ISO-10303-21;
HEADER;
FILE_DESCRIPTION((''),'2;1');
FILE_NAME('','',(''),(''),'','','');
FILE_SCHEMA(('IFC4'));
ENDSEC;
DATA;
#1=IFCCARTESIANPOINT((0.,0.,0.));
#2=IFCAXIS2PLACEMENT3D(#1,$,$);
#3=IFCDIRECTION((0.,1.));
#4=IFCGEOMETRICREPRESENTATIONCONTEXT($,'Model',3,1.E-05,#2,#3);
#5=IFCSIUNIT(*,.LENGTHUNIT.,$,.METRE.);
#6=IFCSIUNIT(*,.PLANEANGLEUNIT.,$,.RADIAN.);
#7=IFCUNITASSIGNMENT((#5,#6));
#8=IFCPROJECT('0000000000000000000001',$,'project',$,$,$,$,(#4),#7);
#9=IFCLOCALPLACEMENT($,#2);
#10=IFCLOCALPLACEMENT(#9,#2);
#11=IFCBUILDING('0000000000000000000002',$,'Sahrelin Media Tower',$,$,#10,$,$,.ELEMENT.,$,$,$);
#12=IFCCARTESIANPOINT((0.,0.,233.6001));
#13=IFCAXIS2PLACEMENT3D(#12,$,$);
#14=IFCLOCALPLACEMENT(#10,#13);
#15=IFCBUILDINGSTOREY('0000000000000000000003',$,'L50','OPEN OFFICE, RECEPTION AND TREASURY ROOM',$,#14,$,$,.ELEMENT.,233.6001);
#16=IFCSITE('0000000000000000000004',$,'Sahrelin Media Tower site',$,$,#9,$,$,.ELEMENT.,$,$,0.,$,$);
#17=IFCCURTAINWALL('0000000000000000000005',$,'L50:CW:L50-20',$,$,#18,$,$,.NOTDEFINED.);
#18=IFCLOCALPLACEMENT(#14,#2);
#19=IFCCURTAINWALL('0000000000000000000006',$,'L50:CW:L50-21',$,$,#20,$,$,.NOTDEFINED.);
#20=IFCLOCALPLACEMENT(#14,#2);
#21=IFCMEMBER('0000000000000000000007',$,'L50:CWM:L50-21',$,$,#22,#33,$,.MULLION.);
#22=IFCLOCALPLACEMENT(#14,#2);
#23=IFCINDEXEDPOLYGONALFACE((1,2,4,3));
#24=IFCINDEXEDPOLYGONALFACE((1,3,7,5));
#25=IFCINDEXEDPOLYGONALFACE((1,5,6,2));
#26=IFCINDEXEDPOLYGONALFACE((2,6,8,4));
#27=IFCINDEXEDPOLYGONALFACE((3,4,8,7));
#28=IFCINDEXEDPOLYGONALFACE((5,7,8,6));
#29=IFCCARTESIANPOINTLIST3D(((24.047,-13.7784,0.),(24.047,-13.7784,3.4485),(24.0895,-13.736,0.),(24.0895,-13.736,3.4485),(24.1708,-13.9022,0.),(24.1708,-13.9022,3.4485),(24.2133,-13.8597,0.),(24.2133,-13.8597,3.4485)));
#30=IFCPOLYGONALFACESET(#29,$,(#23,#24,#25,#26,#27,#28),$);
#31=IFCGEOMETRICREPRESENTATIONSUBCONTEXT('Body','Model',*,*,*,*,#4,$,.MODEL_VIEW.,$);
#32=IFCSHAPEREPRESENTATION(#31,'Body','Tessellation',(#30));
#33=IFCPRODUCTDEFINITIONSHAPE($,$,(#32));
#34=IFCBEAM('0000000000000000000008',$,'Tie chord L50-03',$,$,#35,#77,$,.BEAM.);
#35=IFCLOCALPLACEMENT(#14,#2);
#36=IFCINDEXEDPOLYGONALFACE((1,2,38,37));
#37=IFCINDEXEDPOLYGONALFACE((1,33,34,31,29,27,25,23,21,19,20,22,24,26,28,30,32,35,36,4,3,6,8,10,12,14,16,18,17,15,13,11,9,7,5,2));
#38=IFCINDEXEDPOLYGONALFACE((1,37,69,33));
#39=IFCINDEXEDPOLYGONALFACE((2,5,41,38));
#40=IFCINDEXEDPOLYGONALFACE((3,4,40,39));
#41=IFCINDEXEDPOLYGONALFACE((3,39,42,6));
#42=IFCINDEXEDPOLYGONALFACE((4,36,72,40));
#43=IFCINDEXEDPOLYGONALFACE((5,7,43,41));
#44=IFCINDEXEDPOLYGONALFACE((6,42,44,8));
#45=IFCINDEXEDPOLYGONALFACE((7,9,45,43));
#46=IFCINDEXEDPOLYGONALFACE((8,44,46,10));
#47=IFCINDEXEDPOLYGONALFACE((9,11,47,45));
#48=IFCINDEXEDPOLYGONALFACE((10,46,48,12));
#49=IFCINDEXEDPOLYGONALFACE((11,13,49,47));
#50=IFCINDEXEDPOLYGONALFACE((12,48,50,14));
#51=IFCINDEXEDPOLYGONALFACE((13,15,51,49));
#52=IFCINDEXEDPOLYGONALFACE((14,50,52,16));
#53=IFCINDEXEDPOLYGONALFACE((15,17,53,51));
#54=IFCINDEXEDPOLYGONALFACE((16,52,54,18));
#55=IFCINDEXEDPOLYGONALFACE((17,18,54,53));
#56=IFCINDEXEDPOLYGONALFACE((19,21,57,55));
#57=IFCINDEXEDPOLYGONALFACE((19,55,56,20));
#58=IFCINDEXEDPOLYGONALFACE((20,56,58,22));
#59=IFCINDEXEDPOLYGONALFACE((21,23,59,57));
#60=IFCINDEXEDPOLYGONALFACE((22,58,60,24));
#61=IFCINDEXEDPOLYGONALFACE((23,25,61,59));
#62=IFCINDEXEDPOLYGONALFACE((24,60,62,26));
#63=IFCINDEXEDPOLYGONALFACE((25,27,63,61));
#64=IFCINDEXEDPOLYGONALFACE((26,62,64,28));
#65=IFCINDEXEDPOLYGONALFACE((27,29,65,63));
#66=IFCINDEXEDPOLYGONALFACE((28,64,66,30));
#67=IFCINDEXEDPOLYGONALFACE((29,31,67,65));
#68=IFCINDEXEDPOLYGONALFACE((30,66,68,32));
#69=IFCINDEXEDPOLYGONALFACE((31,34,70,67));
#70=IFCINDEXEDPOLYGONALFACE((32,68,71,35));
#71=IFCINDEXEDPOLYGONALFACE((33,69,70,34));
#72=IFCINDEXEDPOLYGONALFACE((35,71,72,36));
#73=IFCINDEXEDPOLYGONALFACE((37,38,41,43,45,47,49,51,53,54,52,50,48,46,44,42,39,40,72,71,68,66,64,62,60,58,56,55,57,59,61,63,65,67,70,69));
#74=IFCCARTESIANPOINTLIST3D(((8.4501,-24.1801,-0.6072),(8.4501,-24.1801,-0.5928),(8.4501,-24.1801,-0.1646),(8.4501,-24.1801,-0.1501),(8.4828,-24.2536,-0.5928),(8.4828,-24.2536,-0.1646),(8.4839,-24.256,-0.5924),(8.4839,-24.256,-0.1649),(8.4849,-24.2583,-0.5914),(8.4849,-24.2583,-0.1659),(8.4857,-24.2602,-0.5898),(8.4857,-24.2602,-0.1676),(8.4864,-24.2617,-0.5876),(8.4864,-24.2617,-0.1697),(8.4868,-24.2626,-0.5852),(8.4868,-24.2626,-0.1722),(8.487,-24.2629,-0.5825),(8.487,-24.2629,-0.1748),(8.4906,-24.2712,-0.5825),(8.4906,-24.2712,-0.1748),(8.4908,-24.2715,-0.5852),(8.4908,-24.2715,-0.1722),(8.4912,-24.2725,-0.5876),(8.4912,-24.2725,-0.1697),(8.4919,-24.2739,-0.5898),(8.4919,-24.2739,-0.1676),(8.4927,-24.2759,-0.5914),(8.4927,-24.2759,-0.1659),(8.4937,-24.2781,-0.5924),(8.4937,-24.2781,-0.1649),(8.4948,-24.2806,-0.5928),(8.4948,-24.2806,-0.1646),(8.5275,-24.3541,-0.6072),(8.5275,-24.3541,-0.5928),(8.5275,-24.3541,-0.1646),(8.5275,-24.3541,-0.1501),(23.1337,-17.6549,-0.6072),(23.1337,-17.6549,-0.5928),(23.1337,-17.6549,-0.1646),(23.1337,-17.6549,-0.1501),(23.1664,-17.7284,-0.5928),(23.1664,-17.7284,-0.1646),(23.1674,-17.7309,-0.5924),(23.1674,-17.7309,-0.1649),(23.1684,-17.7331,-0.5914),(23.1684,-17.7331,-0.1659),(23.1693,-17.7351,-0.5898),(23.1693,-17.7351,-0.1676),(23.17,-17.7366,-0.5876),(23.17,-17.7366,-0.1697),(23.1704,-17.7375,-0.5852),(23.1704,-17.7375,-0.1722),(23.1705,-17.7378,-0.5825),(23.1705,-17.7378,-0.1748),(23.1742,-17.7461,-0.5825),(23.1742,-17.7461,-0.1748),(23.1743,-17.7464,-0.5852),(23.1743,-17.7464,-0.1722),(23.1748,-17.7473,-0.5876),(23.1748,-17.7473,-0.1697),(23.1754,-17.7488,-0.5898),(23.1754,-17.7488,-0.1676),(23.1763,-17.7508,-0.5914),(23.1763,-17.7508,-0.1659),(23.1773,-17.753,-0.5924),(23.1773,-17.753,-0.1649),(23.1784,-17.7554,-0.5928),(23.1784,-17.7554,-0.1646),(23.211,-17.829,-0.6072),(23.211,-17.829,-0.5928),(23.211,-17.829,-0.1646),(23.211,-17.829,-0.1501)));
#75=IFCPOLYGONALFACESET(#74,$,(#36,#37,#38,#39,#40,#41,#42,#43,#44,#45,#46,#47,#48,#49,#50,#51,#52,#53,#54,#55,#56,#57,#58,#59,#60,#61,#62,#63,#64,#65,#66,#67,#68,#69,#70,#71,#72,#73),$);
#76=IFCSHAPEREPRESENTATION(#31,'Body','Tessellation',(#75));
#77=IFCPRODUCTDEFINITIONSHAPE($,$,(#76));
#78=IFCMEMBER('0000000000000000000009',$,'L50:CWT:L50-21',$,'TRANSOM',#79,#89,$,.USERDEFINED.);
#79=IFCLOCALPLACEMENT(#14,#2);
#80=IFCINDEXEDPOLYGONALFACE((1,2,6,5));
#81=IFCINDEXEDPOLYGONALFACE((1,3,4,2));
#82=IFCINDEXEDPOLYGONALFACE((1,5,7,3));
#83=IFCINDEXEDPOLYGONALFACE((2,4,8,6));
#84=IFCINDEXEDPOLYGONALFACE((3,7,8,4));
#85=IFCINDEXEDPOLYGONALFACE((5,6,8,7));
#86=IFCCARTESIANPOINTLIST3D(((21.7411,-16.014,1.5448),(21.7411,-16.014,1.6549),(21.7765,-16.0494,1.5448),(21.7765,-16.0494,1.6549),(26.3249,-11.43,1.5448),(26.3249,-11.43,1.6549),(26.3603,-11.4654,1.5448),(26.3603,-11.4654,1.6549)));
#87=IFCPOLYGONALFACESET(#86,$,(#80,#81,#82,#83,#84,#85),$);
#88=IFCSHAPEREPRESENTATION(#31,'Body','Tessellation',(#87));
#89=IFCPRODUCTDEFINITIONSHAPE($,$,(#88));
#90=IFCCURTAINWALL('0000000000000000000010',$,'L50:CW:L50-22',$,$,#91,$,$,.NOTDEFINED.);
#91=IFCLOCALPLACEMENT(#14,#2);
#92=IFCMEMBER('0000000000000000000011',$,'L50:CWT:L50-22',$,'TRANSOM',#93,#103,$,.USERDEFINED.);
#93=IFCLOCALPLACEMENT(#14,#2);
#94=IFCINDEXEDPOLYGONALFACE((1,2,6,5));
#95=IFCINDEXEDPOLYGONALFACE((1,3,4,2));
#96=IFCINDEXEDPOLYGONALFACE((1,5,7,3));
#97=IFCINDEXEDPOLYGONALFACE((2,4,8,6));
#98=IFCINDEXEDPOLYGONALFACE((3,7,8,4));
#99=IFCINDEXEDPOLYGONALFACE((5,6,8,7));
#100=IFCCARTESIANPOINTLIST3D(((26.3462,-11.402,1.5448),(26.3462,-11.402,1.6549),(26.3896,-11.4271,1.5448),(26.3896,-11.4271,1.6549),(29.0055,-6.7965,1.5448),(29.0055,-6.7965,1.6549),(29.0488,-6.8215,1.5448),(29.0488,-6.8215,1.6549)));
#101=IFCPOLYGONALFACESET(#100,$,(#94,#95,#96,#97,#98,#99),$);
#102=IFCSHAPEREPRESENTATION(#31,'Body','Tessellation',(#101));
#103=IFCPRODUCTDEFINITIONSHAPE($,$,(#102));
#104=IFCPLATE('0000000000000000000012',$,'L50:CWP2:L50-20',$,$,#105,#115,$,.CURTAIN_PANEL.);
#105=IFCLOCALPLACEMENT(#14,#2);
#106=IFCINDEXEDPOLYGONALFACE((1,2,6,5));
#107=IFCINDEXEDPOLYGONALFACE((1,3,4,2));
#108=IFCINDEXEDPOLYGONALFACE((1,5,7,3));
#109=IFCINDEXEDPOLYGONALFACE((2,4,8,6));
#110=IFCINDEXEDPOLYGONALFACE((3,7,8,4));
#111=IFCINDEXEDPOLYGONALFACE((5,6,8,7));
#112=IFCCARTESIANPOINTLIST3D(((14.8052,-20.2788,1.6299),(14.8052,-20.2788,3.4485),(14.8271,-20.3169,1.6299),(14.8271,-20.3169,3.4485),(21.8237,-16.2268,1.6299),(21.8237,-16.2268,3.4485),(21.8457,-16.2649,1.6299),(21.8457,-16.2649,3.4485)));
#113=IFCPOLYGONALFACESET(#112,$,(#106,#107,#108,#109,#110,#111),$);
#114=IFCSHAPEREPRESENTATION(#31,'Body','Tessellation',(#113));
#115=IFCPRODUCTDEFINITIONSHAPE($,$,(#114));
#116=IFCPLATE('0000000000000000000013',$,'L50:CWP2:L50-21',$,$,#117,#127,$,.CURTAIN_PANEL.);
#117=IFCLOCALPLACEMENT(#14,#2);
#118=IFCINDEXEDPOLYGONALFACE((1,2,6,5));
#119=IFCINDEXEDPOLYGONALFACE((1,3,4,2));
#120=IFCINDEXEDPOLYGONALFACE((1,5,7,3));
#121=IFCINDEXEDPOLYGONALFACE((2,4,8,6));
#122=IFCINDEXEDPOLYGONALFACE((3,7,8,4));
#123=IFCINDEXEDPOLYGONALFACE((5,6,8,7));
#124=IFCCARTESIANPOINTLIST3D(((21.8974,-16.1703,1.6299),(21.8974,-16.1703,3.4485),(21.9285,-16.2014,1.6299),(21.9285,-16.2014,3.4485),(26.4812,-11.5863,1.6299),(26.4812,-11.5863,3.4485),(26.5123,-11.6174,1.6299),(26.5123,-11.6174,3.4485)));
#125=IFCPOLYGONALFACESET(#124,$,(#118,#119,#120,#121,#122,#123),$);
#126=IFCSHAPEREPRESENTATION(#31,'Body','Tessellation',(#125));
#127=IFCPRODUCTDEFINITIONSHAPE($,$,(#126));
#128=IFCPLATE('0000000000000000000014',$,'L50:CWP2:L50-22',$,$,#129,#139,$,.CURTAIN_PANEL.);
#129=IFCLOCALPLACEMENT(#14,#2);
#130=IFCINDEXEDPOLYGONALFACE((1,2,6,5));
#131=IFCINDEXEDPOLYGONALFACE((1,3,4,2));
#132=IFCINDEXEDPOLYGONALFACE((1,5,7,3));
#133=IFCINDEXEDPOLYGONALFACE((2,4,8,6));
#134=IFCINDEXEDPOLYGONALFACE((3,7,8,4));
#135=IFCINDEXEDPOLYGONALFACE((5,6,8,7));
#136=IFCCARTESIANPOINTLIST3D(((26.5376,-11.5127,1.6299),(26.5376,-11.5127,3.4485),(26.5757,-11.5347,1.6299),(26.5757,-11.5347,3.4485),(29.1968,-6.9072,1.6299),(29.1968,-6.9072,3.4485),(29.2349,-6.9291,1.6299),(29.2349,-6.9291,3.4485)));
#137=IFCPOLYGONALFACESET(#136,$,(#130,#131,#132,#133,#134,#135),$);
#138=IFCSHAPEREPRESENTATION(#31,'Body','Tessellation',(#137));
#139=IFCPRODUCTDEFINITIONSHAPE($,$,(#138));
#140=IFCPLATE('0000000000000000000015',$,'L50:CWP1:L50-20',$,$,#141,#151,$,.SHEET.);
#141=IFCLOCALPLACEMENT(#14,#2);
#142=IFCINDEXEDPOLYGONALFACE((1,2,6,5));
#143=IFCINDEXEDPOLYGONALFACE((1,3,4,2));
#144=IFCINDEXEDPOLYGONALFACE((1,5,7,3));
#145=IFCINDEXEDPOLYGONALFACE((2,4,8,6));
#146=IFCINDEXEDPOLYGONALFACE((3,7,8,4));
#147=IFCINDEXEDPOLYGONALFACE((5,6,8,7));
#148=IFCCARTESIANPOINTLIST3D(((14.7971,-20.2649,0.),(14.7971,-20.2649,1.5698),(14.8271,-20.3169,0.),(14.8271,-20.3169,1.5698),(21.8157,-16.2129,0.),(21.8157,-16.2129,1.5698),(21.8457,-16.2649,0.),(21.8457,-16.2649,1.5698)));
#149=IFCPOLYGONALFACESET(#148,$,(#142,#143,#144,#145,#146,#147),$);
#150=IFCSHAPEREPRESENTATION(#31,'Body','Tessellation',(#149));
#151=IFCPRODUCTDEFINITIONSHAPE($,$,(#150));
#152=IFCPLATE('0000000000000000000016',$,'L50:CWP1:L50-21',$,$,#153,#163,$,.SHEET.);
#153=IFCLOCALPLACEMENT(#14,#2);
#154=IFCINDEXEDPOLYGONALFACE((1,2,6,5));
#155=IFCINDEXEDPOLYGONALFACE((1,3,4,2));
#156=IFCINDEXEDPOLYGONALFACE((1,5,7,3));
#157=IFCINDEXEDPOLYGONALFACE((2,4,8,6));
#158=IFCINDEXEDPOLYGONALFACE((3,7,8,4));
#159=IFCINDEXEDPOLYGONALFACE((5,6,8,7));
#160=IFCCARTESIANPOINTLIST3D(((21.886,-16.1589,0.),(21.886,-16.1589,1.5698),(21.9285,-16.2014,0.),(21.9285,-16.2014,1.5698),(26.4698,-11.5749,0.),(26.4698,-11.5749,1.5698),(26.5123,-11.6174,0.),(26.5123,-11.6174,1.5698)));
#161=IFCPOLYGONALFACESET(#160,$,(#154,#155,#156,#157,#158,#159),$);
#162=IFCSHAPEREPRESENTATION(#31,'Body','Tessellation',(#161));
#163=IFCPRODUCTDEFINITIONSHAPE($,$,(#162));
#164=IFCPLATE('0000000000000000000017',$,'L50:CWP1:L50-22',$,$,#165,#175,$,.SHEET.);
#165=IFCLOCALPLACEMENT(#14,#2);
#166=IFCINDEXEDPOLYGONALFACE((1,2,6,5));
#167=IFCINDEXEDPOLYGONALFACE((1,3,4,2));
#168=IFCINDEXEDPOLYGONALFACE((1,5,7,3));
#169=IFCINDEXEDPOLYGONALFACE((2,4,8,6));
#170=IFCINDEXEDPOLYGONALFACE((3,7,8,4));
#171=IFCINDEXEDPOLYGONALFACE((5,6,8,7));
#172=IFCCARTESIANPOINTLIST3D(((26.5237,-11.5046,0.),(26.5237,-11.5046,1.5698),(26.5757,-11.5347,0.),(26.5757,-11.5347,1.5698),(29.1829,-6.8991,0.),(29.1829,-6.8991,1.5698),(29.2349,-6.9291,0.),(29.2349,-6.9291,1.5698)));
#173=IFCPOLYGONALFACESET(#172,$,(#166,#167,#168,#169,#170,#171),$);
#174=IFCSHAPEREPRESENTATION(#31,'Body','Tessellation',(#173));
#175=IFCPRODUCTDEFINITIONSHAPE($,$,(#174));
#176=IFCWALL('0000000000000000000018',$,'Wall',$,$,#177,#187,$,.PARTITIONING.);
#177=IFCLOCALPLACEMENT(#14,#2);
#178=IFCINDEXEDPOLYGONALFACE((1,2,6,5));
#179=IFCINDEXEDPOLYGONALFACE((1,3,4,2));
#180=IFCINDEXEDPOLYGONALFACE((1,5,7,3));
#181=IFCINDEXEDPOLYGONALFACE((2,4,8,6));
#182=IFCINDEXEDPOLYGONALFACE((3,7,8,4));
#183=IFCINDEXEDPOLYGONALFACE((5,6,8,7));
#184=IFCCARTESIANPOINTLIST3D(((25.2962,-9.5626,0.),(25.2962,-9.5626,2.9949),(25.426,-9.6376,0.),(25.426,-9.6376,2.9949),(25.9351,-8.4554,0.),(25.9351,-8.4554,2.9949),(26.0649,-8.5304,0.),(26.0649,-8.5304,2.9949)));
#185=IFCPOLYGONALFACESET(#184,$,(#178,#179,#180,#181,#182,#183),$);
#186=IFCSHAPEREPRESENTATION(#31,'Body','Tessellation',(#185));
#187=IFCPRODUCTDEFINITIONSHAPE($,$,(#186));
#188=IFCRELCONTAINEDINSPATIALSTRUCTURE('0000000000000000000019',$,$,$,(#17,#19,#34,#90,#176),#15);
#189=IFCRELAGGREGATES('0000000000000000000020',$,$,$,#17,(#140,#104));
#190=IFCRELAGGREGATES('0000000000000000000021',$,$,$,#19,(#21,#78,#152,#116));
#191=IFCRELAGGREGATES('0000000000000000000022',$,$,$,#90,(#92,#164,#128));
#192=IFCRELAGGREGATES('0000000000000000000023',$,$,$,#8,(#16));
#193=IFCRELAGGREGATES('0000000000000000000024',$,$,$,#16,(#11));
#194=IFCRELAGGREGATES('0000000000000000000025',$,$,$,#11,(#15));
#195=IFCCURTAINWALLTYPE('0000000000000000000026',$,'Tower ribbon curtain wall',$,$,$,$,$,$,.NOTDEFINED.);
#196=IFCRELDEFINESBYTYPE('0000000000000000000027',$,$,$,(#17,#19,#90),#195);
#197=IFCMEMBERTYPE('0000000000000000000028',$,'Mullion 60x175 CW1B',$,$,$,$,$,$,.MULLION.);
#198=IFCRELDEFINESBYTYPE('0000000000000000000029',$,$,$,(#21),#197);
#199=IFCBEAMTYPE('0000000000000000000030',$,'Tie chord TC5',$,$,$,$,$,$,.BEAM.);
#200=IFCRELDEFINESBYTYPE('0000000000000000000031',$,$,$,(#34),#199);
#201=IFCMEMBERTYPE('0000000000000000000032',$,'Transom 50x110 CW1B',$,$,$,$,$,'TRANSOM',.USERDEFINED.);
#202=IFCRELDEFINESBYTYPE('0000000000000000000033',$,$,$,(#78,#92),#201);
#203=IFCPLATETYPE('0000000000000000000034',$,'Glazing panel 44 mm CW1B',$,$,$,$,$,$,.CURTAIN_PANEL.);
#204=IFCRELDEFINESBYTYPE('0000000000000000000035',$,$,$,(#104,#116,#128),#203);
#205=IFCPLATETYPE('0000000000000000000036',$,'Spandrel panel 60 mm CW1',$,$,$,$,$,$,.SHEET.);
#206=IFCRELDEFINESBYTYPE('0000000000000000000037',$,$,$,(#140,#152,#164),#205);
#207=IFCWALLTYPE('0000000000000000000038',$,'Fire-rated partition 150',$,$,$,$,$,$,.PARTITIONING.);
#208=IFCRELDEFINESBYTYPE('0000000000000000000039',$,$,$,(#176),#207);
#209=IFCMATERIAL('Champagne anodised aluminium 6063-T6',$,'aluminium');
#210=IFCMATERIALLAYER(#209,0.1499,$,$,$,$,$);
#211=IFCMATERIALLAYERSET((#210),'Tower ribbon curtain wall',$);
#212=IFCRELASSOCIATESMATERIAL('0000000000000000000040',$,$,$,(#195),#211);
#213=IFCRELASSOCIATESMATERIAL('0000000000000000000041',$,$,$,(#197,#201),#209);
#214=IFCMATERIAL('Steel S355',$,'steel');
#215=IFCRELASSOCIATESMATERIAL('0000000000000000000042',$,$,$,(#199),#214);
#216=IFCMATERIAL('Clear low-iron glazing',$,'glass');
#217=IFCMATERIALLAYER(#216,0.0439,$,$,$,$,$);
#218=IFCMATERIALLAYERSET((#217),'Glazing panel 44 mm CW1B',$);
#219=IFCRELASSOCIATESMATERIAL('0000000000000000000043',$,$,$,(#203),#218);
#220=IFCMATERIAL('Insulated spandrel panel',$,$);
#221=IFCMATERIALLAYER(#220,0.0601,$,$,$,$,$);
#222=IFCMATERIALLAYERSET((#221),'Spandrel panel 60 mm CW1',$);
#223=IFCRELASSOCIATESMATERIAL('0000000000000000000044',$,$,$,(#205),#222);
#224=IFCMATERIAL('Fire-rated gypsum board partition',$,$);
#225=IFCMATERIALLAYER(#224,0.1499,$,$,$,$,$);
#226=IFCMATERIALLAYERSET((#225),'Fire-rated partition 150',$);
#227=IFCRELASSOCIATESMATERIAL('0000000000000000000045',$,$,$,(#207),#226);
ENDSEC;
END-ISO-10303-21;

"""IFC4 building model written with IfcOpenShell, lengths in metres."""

from ifc_helpers import new_model, si_unit, direction, frame, frame_2d, origin, origin_2d, place, context, subcontext, project, spatial, polyline, rectangle, i_section, outline, extrude, material, layer, layer_set, material_profile, profile_set, type_object, element, aggregate, save


model = new_model("IFC4")

# Units and contexts
model_context = context("Model", 3, precision=1e-05, world=origin(), true_north=direction((0.0, 1.0)))
body_context = subcontext(model_context, "Body", "Model", "MODEL_VIEW")
ifc_project = project(units=[si_unit("LENGTHUNIT", "METRE"), si_unit("PLANEANGLEUNIT", "RADIAN")], contexts=[model_context])

# Site, building, storey
site_placement = place(None, origin())
site = spatial("IfcSite", under=ifc_project, at=site_placement, Name="Sahrelin Media Tower site", CompositionType="ELEMENT", RefElevation=0.0)
building_placement = place(site_placement, origin())
building = spatial("IfcBuilding", under=site, at=building_placement, Name="Sahrelin Media Tower", CompositionType="ELEMENT")
storey_placement = place(building_placement, frame((0.0, 0.0, 233.6001)))
storey = spatial("IfcBuildingStorey", under=building, at=storey_placement, Name="L50", Description="OPEN OFFICE, RECEPTION AND TREASURY ROOM", CompositionType="ELEMENT", Elevation=233.6001)

# Shared definitions
ifc_material_1 = material(Name="Steel S355", Category="steel")

# Curtain walls, member
ifc_material_2 = material(Name="Champagne anodised aluminium 6063-T6", Category="aluminium")
ifc_layer_1 = layer(ifc_material_2, 0.1499)
ifc_layer_set_1 = layer_set([ifc_layer_1], Name="Tower ribbon curtain wall")
curtain_wall_type = type_object("IfcCurtainWallType", Name="Tower ribbon curtain wall", PredefinedType="NOTDEFINED", material=ifc_layer_set_1)
curtain_wall_1_placement = place(storey_placement, frame((18.3264, -18.2737, 0.0), z_axis=(0.0, 0.0, 1.0), x_axis=(1.0, 0.0, 0.0)))
curtain_wall_1 = element("IfcCurtainWall", 1, at=curtain_wall_1_placement, inside=storey, type_object=curtain_wall_type, Name="L50:CW:L50-20", PredefinedType="NOTDEFINED")
ifc_material_profile_1 = material_profile(ifc_material_2, rectangle(XDim=0.0601, YDim=0.175, at=origin_2d()), Name="Mullion 60x175")
ifc_profile_set_1 = profile_set([ifc_material_profile_1], Name="Champagne anodised aluminium 6063-T6")
member_type_1 = type_object("IfcMemberType", Name="Mullion 60x175 CW1B", PredefinedType="MULLION", material=ifc_profile_set_1)
curtain_wall_2_placement = place(storey_placement, frame((24.2063, -13.8953, 0.0), z_axis=(0.0, 0.0, 1.0), x_axis=(1.0, 0.0, 0.0)))
curtain_wall_2 = element("IfcCurtainWall", 2, at=curtain_wall_2_placement, inside=storey, type_object=curtain_wall_type, Name="L50:CW:L50-21", PredefinedType="NOTDEFINED")
member_1_placement = place(storey_placement, frame((24.1301, -13.8191, 0.0), z_axis=(0.0, 0.0, 1.0), x_axis=(0.707099, 0.707114, 0.0)))
member_1 = element("IfcMember", 3, at=member_1_placement, type_object=member_type_1, Name="L50:CWM:L50-21", PredefinedType="MULLION", context=body_context, shape_type="SweptSolid", body=[
    extrude(rectangle(XDim=0.0601, YDim=0.175, at=origin_2d()), origin(), (0.0, 0.0, 1.0), 3.4485),
])

# Beam
ifc_material_profile_2 = material_profile(ifc_material_1, i_section(OverallWidth=0.1904, OverallDepth=0.457, WebThickness=0.009, FlangeThickness=0.0144, FilletRadius=0.0103, at=origin_2d()), Name="UB 457x191x74")
ifc_profile_set_2 = profile_set([ifc_material_profile_2], Name="Steel S355")
beam_type_1 = type_object("IfcBeamType", Name="Tie chord TC5", PredefinedType="BEAM", material=ifc_profile_set_2)
beam_1_placement = place(storey_placement, frame((23.1724, -17.7419, -0.3787), z_axis=(-0.913832, -0.406092, 0.0), x_axis=(0.406092, -0.913832, 0.0)))
element("IfcBeam", 4, at=beam_1_placement, inside=storey, type_object=beam_type_1, Name="Tie chord L50-03", PredefinedType="BEAM", context=body_context, shape_type="SweptSolid", body=[
    extrude(i_section(OverallWidth=0.1904, OverallDepth=0.457, WebThickness=0.009, FlangeThickness=0.0144, FilletRadius=0.0103, at=origin_2d()), origin(), (0.0, 0.0, 1.0), 16.0681),
])

# Member
ifc_material_profile_3 = material_profile(ifc_material_2, rectangle(XDim=0.05, YDim=0.1101, at=origin_2d()), Name="Transom 50x110")
ifc_profile_set_3 = profile_set([ifc_material_profile_3], Name="Champagne anodised aluminium 6063-T6")
member_type_2 = type_object("IfcMemberType", Name="Transom 50x110 CW1B", ElementType="TRANSOM", PredefinedType="USERDEFINED", material=ifc_profile_set_3)
member_2_placement = place(storey_placement, frame((21.7588, -16.0317, 1.5999), z_axis=(0.707088, 0.707126, 0.0), x_axis=(-0.707126, 0.707088, 0.0)))
member_2 = element("IfcMember", 5, at=member_2_placement, type_object=member_type_2, Name="L50:CWT:L50-21", ObjectType="TRANSOM", PredefinedType="USERDEFINED", context=body_context, shape_type="SweptSolid", body=[
    extrude(rectangle(XDim=0.05, YDim=0.1101, at=origin_2d()), origin(), (0.0, 0.0, 1.0), 6.4827),
])

# Curtain wall, member
curtain_wall_3_placement = place(storey_placement, frame((27.8879, -9.2219, 0.0), z_axis=(0.0, 0.0, 1.0), x_axis=(1.0, 0.0, 0.0)))
curtain_wall_3 = element("IfcCurtainWall", 6, at=curtain_wall_3_placement, inside=storey, type_object=curtain_wall_type, Name="L50:CW:L50-22", PredefinedType="NOTDEFINED")
member_3_placement = place(storey_placement, frame((26.3679, -11.4146, 1.5999), z_axis=(0.50003, 0.866008, 0.0), x_axis=(-0.866008, 0.50003, 0.0)))
member_3 = element("IfcMember", 7, at=member_3_placement, type_object=member_type_2, Name="L50:CWT:L50-22", ObjectType="TRANSOM", PredefinedType="USERDEFINED", context=body_context, shape_type="SweptSolid", body=[
    extrude(rectangle(XDim=0.05, YDim=0.1101, at=origin_2d()), origin(), (0.0, 0.0, 1.0), 5.3181),
])

# Plates
ifc_material_3 = material(Name="Clear low-iron glazing", Category="glass")
ifc_layer_2 = layer(ifc_material_3, 0.0439)
ifc_layer_set_2 = layer_set([ifc_layer_2], Name="Glazing panel 44 mm CW1B")
plate_type_1 = type_object("IfcPlateType", Name="Glazing panel 44 mm CW1B", PredefinedType="CURTAIN_PANEL", material=ifc_layer_set_2)
plate_1_placement = place(storey_placement, frame((14.8271, -20.3169, 1.6299), z_axis=(0.499985, -0.866034, 0.0), x_axis=(0.866034, 0.499985, 0.0)))
plate_1 = element("IfcPlate", 8, at=plate_1_placement, type_object=plate_type_1, Name="L50:CWP2:L50-20", PredefinedType="CURTAIN_PANEL", context=body_context, shape_type="SweptSolid", body=[
    extrude(outline(polyline([(0.0, 0.0), (8.1042, 0.0), (8.1042, 1.8186), (0.0, 1.8186), (0.0, 0.0)])), origin(), (0.0, 0.0, -1.0), 0.0439),
])
plate_2_placement = place(storey_placement, frame((21.9285, -16.2014, 1.6299), z_axis=(0.707126, -0.707088, 0.0), x_axis=(0.707088, 0.707126, 0.0)))
plate_2 = element("IfcPlate", 9, at=plate_2_placement, type_object=plate_type_1, Name="L50:CWP2:L50-21", PredefinedType="CURTAIN_PANEL", context=body_context, shape_type="SweptSolid", body=[
    extrude(outline(polyline([(0.0, 0.0), (6.4827, 0.0), (6.4827, 1.8186), (0.0, 1.8186), (0.0, 0.0)])), origin(), (0.0, 0.0, -1.0), 0.0439),
])
plate_3_placement = place(storey_placement, frame((26.5757, -11.5347, 1.6299), z_axis=(0.866008, -0.50003, 0.0), x_axis=(0.50003, 0.866008, 0.0)))
plate_3 = element("IfcPlate", 10, at=plate_3_placement, type_object=plate_type_1, Name="L50:CWP2:L50-22", PredefinedType="CURTAIN_PANEL", context=body_context, shape_type="SweptSolid", body=[
    extrude(outline(polyline([(0.0, 0.0), (5.3181, 0.0), (5.3181, 1.8186), (0.0, 1.8186), (0.0, 0.0)])), origin(), (0.0, 0.0, -1.0), 0.0439),
])
ifc_material_4 = material(Name="Insulated spandrel panel")
ifc_layer_3 = layer(ifc_material_4, 0.0601)
ifc_layer_set_3 = layer_set([ifc_layer_3], Name="Spandrel panel 60 mm CW1")
plate_type_2 = type_object("IfcPlateType", Name="Spandrel panel 60 mm CW1", PredefinedType="SHEET", material=ifc_layer_set_3)
plate_4_placement = place(storey_placement, frame((14.8271, -20.3169, 0.0), z_axis=(0.499985, -0.866034, 0.0), x_axis=(0.866034, 0.499985, 0.0)))
plate_4 = element("IfcPlate", 11, at=plate_4_placement, type_object=plate_type_2, Name="L50:CWP1:L50-20", PredefinedType="SHEET", context=body_context, shape_type="SweptSolid", body=[
    extrude(outline(polyline([(0.0, 0.0), (8.1042, 0.0), (8.1042, 1.5698), (0.0, 1.5698), (0.0, 0.0)])), origin(), (0.0, 0.0, -1.0), 0.0601),
])
aggregate(curtain_wall_1, [plate_4, plate_1])
plate_5_placement = place(storey_placement, frame((21.9285, -16.2014, 0.0), z_axis=(0.707126, -0.707088, 0.0), x_axis=(0.707088, 0.707126, 0.0)))
plate_5 = element("IfcPlate", 12, at=plate_5_placement, type_object=plate_type_2, Name="L50:CWP1:L50-21", PredefinedType="SHEET", context=body_context, shape_type="SweptSolid", body=[
    extrude(outline(polyline([(0.0, 0.0), (6.4827, 0.0), (6.4827, 1.5698), (0.0, 1.5698), (0.0, 0.0)])), origin(), (0.0, 0.0, -1.0), 0.0601),
])
aggregate(curtain_wall_2, [member_1, member_2, plate_5, plate_2])
plate_6_placement = place(storey_placement, frame((26.5757, -11.5347, 0.0), z_axis=(0.866008, -0.50003, 0.0), x_axis=(0.50003, 0.866008, 0.0)))
plate_6 = element("IfcPlate", 13, at=plate_6_placement, type_object=plate_type_2, Name="L50:CWP1:L50-22", PredefinedType="SHEET", context=body_context, shape_type="SweptSolid", body=[
    extrude(outline(polyline([(0.0, 0.0), (5.3181, 0.0), (5.3181, 1.5698), (0.0, 1.5698), (0.0, 0.0)])), origin(), (0.0, 0.0, -1.0), 0.0601),
])
aggregate(curtain_wall_3, [member_3, plate_6, plate_3])

# Wall
ifc_material_5 = material(Name="Fire-rated gypsum board partition")
ifc_layer_4 = layer(ifc_material_5, 0.1499)
ifc_layer_set_4 = layer_set([ifc_layer_4], Name="Fire-rated partition 150")
wall_type = type_object("IfcWallType", Name="Fire-rated partition 150", PredefinedType="PARTITIONING", material=ifc_layer_set_4)
wall_placement = place(storey_placement, frame((25.3611, -9.6001, 0.0), z_axis=(0.0, 0.0, 1.0), x_axis=(0.499816, 0.866132, 0.0)))
element("IfcWall", 14, at=wall_placement, inside=storey, type_object=wall_type, Name="Wall", PredefinedType="PARTITIONING", context=body_context, shape_type="SweptSolid", body=[
    extrude(rectangle(XDim=1.2783, YDim=0.1499, at=frame_2d((0.6392, 0.0))), origin(), (0.0, 0.0, 1.0), 2.9949),
])

save(model, "model.ifc")
